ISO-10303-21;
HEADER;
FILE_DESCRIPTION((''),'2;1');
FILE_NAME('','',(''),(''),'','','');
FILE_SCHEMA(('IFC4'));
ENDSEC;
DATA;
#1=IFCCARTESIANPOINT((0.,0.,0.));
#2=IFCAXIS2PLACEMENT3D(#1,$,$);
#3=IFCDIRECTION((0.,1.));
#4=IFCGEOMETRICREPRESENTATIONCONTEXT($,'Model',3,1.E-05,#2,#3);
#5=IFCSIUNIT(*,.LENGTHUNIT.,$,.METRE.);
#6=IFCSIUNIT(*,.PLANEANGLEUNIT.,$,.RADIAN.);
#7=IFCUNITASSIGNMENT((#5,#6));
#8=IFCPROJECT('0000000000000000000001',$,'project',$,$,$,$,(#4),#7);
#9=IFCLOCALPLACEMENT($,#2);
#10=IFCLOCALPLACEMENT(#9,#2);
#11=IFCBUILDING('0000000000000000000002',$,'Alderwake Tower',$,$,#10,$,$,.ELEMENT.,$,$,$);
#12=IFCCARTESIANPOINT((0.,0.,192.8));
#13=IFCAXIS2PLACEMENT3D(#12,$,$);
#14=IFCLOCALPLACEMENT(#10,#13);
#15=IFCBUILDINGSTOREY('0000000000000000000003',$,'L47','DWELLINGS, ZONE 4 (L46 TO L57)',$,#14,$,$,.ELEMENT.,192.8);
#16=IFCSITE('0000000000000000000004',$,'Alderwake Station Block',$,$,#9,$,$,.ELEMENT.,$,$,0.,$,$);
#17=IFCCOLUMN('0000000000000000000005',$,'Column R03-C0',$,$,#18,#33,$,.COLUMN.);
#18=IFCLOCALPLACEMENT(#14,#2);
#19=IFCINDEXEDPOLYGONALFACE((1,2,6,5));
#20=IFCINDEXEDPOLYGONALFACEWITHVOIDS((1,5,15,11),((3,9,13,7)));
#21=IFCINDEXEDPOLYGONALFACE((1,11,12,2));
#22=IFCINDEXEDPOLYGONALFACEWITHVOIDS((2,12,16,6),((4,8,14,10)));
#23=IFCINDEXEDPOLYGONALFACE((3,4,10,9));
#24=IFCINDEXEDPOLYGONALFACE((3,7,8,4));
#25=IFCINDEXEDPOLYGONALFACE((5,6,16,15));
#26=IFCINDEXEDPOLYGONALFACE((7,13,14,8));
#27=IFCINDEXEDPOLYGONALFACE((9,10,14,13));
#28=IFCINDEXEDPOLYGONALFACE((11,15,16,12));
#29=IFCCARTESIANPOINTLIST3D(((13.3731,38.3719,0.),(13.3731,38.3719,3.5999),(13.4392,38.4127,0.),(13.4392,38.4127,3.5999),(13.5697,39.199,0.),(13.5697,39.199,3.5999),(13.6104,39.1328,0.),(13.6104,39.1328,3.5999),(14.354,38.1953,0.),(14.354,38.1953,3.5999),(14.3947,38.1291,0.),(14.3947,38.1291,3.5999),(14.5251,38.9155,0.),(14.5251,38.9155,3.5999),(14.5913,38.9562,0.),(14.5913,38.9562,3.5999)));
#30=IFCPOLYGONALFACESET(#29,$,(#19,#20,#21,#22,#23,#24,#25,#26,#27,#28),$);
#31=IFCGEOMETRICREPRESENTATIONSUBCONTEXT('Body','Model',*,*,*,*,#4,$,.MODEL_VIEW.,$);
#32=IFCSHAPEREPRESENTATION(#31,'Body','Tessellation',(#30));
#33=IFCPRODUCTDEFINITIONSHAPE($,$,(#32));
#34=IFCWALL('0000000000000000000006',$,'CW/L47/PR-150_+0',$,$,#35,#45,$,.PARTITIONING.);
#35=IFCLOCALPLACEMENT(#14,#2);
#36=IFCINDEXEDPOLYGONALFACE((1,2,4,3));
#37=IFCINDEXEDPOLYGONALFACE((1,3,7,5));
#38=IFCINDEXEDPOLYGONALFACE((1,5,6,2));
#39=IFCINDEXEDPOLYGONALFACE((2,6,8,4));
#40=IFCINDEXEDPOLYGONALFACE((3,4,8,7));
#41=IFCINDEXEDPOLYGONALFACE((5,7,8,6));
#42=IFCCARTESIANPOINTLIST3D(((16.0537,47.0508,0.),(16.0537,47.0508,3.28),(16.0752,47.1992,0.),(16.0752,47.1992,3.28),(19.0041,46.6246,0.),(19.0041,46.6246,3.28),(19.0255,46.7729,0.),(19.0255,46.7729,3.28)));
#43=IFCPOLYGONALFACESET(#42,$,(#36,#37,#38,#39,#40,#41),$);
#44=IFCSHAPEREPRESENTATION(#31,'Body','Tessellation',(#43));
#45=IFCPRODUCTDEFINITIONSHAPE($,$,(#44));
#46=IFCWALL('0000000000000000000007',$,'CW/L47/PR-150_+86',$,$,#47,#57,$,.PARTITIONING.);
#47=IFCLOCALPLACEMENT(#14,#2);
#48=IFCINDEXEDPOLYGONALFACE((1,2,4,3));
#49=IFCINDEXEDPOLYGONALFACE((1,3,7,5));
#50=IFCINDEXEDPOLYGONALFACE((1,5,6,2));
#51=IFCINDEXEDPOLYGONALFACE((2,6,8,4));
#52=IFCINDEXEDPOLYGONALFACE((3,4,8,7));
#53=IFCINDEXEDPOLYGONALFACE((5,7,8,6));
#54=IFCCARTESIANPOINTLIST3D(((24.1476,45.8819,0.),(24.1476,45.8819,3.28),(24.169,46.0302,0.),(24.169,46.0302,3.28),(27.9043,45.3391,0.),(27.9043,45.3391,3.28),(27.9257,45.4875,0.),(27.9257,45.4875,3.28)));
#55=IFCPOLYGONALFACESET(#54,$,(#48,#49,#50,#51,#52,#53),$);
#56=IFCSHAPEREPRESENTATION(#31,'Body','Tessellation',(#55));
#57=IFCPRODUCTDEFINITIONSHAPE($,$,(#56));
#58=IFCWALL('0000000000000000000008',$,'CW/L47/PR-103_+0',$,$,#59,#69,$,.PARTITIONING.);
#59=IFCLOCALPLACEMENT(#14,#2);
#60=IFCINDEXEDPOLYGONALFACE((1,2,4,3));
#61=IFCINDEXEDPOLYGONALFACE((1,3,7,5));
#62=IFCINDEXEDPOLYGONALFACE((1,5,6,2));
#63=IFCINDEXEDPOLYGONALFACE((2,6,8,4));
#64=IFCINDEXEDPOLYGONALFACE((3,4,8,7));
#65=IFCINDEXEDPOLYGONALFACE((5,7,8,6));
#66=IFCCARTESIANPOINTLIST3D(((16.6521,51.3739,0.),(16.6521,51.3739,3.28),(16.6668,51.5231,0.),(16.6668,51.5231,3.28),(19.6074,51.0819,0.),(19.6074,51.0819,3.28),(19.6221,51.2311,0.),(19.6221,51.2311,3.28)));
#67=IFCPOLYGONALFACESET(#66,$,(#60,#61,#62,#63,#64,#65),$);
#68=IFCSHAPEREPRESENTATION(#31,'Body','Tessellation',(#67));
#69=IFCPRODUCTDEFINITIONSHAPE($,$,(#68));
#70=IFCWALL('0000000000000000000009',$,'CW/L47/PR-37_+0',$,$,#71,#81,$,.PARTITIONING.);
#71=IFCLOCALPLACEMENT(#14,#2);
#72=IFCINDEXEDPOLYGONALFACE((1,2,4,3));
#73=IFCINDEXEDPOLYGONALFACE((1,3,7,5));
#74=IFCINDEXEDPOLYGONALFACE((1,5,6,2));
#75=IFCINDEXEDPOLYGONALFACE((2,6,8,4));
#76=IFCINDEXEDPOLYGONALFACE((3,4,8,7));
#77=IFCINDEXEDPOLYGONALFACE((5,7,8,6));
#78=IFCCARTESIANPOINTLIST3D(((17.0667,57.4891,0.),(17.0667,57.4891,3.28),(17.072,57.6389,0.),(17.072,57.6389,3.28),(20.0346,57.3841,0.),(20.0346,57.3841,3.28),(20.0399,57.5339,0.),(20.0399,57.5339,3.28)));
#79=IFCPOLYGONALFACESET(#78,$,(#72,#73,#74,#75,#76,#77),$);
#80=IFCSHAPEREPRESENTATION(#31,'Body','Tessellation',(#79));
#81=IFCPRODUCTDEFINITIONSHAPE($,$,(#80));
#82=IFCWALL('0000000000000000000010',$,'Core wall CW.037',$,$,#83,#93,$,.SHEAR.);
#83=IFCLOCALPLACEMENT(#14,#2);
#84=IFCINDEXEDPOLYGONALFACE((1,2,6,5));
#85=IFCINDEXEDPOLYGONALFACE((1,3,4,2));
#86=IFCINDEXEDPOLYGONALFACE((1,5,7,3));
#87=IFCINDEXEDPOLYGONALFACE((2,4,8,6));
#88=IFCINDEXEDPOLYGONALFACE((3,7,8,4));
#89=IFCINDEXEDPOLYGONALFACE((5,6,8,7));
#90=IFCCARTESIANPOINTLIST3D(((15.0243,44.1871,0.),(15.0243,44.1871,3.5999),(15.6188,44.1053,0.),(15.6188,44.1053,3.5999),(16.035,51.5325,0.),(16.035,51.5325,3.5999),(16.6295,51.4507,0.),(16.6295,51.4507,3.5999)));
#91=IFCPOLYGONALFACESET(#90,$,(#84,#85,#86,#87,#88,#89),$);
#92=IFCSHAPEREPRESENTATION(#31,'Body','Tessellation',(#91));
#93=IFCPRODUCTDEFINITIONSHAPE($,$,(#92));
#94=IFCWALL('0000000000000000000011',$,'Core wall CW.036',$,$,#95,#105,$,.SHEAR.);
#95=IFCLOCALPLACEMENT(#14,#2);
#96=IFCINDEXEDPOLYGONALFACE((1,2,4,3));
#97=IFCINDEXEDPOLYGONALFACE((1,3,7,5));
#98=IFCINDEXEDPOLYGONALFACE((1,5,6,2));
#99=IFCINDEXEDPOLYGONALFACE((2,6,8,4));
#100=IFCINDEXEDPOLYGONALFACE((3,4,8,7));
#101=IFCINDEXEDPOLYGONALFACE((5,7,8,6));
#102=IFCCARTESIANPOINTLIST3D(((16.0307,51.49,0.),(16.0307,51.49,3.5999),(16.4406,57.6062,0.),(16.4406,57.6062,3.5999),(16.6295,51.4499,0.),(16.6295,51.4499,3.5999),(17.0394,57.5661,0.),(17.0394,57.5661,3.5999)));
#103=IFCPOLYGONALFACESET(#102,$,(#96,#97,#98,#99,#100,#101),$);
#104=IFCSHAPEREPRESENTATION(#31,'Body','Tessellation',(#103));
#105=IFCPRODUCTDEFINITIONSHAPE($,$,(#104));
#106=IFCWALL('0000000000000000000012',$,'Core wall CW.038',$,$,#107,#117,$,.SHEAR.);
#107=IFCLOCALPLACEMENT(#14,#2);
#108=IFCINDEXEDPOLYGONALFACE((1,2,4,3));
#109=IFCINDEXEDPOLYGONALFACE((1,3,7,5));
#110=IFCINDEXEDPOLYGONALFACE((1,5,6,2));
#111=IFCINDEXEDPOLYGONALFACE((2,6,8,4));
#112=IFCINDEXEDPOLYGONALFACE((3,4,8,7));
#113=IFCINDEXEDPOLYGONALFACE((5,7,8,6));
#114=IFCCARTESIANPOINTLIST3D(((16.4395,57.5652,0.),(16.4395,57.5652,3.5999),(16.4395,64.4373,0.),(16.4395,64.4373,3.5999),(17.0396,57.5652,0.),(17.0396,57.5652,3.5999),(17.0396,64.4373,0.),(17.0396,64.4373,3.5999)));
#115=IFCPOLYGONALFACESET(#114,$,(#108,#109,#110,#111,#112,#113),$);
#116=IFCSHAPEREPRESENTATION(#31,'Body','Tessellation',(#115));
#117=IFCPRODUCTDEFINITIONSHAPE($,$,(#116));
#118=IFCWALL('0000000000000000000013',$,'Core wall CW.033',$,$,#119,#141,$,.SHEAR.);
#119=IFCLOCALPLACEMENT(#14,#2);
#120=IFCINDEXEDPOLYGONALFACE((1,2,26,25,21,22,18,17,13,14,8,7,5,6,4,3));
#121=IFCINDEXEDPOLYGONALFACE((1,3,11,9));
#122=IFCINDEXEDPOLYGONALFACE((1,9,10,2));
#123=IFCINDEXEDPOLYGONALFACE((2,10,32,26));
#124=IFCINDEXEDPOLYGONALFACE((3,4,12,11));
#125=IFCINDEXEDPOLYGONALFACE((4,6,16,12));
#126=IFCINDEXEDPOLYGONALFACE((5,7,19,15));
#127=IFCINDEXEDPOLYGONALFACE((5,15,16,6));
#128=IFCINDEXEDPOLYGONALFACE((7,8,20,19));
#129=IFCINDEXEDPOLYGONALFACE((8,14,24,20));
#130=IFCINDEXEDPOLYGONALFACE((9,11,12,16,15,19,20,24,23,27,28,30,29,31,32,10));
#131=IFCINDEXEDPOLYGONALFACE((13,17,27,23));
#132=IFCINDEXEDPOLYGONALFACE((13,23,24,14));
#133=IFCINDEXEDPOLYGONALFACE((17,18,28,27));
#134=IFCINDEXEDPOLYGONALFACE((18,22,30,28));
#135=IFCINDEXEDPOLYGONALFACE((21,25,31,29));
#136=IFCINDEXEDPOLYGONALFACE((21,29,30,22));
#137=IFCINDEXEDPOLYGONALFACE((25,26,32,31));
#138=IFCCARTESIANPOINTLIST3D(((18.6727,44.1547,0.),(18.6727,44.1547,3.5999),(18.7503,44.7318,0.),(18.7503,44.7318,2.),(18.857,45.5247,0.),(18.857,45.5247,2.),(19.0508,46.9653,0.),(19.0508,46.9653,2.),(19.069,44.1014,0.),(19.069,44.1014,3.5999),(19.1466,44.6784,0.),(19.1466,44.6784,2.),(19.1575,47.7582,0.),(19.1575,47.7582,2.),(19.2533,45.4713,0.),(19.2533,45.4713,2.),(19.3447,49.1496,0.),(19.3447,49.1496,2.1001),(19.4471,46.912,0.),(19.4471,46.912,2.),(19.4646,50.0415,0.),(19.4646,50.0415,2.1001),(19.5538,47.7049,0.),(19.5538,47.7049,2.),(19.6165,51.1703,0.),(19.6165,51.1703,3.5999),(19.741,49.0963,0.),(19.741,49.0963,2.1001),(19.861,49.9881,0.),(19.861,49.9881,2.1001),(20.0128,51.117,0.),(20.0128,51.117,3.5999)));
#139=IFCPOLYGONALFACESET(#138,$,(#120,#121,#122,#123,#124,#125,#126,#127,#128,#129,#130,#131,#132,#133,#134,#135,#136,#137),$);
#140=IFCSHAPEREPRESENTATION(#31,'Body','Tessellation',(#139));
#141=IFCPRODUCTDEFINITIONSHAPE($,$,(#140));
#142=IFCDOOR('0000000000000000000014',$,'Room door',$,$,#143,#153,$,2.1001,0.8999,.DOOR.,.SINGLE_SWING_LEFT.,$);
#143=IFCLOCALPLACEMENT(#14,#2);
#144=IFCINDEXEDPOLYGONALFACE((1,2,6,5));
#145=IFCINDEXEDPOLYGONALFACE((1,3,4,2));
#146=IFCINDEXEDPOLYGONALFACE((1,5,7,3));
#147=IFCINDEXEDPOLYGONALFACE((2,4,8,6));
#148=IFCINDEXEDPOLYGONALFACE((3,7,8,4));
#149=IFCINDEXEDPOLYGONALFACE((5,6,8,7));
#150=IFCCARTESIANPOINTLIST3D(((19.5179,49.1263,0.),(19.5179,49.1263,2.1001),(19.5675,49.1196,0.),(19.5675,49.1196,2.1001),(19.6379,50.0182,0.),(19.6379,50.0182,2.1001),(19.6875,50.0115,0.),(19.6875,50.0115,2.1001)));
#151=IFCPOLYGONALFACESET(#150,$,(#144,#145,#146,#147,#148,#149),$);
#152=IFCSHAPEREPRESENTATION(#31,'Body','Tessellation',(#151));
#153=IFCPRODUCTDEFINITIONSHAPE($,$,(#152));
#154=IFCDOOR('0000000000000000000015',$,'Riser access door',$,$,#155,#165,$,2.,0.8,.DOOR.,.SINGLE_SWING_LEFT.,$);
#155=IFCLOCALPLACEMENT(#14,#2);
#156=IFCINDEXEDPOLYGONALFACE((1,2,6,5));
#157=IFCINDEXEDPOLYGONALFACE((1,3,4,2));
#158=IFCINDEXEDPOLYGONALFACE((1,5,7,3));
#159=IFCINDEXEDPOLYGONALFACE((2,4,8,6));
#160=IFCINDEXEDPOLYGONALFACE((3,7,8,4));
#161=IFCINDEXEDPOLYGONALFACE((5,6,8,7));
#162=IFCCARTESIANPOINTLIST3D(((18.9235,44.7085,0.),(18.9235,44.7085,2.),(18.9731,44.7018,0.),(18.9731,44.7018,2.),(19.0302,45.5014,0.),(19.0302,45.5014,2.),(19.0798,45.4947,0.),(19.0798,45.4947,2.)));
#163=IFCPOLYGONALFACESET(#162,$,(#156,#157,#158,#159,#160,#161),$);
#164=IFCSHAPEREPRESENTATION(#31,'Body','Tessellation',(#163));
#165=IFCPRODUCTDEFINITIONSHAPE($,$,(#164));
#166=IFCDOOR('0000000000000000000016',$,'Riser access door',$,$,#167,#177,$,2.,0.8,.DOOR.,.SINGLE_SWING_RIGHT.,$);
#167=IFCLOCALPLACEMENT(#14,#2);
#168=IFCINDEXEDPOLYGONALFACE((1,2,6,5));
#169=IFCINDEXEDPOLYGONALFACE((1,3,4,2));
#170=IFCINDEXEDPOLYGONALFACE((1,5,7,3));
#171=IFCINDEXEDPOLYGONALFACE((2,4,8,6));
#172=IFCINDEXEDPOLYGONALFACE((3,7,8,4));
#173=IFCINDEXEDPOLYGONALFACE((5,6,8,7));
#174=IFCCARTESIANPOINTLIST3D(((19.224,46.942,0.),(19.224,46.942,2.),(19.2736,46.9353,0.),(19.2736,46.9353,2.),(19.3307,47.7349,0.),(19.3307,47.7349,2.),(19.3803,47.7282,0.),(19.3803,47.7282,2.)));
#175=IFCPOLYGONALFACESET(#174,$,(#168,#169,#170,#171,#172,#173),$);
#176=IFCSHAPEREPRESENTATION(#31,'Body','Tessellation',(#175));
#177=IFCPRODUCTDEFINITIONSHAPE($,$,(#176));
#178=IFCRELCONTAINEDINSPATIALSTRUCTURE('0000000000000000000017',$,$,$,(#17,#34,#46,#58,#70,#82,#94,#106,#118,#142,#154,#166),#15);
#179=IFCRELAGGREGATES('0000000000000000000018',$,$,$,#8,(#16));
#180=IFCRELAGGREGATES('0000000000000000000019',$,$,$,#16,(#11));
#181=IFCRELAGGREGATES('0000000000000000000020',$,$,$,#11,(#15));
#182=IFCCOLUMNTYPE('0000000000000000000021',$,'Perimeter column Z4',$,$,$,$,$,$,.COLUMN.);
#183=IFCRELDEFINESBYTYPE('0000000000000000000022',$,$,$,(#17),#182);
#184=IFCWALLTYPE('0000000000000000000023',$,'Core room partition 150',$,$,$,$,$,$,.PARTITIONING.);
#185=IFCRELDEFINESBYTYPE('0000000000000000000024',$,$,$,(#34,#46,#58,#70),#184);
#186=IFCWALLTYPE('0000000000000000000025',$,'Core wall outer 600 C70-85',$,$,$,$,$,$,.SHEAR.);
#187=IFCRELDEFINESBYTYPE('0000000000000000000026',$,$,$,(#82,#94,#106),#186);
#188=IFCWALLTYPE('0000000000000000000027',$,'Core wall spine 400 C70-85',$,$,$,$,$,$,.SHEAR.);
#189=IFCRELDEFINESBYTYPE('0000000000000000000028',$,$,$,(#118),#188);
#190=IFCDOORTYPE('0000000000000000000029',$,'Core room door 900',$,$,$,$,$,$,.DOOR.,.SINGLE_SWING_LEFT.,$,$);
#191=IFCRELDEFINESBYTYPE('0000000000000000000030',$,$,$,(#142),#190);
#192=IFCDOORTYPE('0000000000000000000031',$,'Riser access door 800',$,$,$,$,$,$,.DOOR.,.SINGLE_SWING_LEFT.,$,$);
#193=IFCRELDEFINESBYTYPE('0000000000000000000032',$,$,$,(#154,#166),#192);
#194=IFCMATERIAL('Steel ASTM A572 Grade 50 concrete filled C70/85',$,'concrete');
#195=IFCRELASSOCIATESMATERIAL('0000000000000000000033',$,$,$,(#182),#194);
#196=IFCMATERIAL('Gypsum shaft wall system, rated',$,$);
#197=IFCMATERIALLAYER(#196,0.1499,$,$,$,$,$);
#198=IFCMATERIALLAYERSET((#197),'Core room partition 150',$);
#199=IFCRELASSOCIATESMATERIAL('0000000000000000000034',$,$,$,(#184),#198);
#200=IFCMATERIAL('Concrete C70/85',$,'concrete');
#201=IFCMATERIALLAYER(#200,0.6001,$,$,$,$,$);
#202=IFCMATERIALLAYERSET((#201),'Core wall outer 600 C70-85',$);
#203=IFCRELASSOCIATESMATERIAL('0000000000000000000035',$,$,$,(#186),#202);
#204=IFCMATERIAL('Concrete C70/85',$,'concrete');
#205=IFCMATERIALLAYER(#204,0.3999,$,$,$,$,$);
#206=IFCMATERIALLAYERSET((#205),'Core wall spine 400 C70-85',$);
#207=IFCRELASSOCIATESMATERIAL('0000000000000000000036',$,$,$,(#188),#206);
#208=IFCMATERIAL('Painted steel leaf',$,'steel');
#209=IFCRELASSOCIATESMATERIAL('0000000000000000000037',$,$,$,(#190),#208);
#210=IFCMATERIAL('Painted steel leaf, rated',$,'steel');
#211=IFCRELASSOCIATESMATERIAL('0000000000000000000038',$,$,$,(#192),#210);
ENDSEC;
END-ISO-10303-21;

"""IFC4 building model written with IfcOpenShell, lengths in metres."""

from ifc_helpers import new_model, si_unit, direction, frame, frame_2d, origin, origin_2d, place, context, subcontext, project, spatial, rectangle, hollow_rectangle, extrude, material, layer, layer_set, material_profile, profile_set, type_object, element, fill, save


model = new_model("IFC4")

# Units and contexts
model_context = context("Model", 3, precision=1e-05, world=origin(), true_north=direction((0.0, 1.0)))
body_context = subcontext(model_context, "Body", "Model", "MODEL_VIEW")
ifc_project = project(units=[si_unit("LENGTHUNIT", "METRE"), si_unit("PLANEANGLEUNIT", "RADIAN")], contexts=[model_context])

# Site, building, storey
site_placement = place(None, origin())
site = spatial("IfcSite", under=ifc_project, at=site_placement, Name="Alderwake Station Block", CompositionType="ELEMENT", RefElevation=0.0)
building_placement = place(site_placement, origin())
building = spatial("IfcBuilding", under=site, at=building_placement, Name="Alderwake Tower", CompositionType="ELEMENT")
storey_placement = place(building_placement, frame((0.0, 0.0, 192.8)))
storey = spatial("IfcBuildingStorey", under=building, at=storey_placement, Name="L47", Description="DWELLINGS, ZONE 4 (L46 TO L57)", CompositionType="ELEMENT", Elevation=192.8)

# Column
ifc_material_1 = material(Name="Steel ASTM A572 Grade 50 concrete filled C70/85", Category="concrete")
ifc_material_profile = material_profile(ifc_material_1, hollow_rectangle(XDim=0.8501, YDim=1.05, WallThickness=0.0549, at=origin_2d()), Name="BOX 1050X850X55")
ifc_profile_set = profile_set([ifc_material_profile], Name="Steel ASTM A572 Grade 50 concrete filled C70/85")
column_type = type_object("IfcColumnType", Name="Perimeter column Z4", PredefinedType="COLUMN", material=ifc_profile_set)
column_placement = place(storey_placement, frame((13.9822, 38.6641, 0.0), z_axis=(0.0, 0.0, 1.0), x_axis=(0.231222, 0.972901, 0.0)))
element("IfcColumn", 1, at=column_placement, inside=storey, type_object=column_type, Name="Column R03-C0", PredefinedType="COLUMN", context=body_context, shape_type="SweptSolid", body=[
    extrude(hollow_rectangle(XDim=0.8501, YDim=1.05, WallThickness=0.0549, at=origin_2d()), origin(), (0.0, 0.0, 1.0), 3.5999),
])

# Walls
ifc_material_2 = material(Name="Gypsum shaft wall system, rated")
ifc_layer_1 = layer(ifc_material_2, 0.1499)
ifc_layer_set_1 = layer_set([ifc_layer_1], Name="Core room partition 150")
wall_type_1 = type_object("IfcWallType", Name="Core room partition 150", PredefinedType="PARTITIONING", material=ifc_layer_set_1)
wall_1_placement = place(storey_placement, frame((16.0645, 47.125, 0.0), z_axis=(0.0, 0.0, 1.0), x_axis=(0.989724, -0.142992, 0.0)))
element("IfcWall", 2, at=wall_1_placement, inside=storey, type_object=wall_type_1, Name="CW/L47/PR-150_+0", PredefinedType="PARTITIONING", context=body_context, shape_type="SweptSolid", body=[
    extrude(rectangle(XDim=2.981, YDim=0.1499, at=frame_2d((1.4905, 0.0))), origin(), (0.0, 0.0, 1.0), 3.28),
])
wall_2_placement = place(storey_placement, frame((24.1582, 45.9561, 0.0), z_axis=(0.0, 0.0, 1.0), x_axis=(0.989724, -0.142988, 0.0)))
element("IfcWall", 3, at=wall_2_placement, inside=storey, type_object=wall_type_1, Name="CW/L47/PR-150_+86", PredefinedType="PARTITIONING", context=body_context, shape_type="SweptSolid", body=[
    extrude(rectangle(XDim=3.7957, YDim=0.1499, at=frame_2d((1.8979, 0.0))), origin(), (0.0, 0.0, 1.0), 3.28),
])
for number, where, z_axis, x_axis, name in (
    (4, (16.6594, 51.4485, 0.0), (0.0, 0.0, 1.0), (0.995155, -0.098323, 0.0), "CW/L47/PR-103_+0"),
    (5, (17.0693, 57.564, 0.0), (0.0, 0.0, 1.0), (0.999375, -0.035351, 0.0), "CW/L47/PR-37_+0"),
):
    element("IfcWall", number, at=place(storey_placement, frame(where, z_axis=z_axis, x_axis=x_axis)), inside=storey, type_object=wall_type_1, Name=name, PredefinedType="PARTITIONING", context=body_context, shape_type="SweptSolid", body=[
        extrude(rectangle(XDim=2.9697, YDim=0.1499, at=frame_2d((1.4849, 0.0))), origin(), (0.0, 0.0, 1.0), 3.28),
    ])
ifc_material_3 = material(Name="Concrete C70/85", Category="concrete")
ifc_layer_2 = layer(ifc_material_3, 0.6001)
ifc_layer_set_2 = layer_set([ifc_layer_2], Name="Core wall outer 600 C70-85")
wall_type_2 = type_object("IfcWallType", Name="Core wall outer 600 C70-85", PredefinedType="SHEAR", material=ifc_layer_set_2)
wall_3_placement = place(storey_placement, frame((15.3215, 44.1462, 0.0), z_axis=(0.0, 0.0, 1.0), x_axis=(0.136316, 0.990665, 0.0)))
element("IfcWall", 6, at=wall_3_placement, inside=storey, type_object=wall_type_2, Name="Core wall CW.037", PredefinedType="SHEAR", context=body_context, shape_type="SweptSolid", body=[
    extrude(rectangle(XDim=7.4146, YDim=0.6001, at=frame_2d((3.7073, 0.0))), origin(), (0.0, 0.0, 1.0), 3.5999),
])
wall_4_placement = place(storey_placement, frame((16.3301, 51.47, 0.0), z_axis=(0.0, 0.0, 1.0), x_axis=(0.066871, 0.997762, 0.0)))
element("IfcWall", 7, at=wall_4_placement, inside=storey, type_object=wall_type_2, Name="Core wall CW.036", PredefinedType="SHEAR", context=body_context, shape_type="SweptSolid", body=[
    extrude(rectangle(XDim=6.1299, YDim=0.6001, at=frame_2d((3.0649, 0.0))), origin(), (0.0, 0.0, 1.0), 3.5999),
])
wall_5_placement = place(storey_placement, frame((16.7395, 57.5652, 0.0), z_axis=(0.0, 0.0, 1.0), x_axis=(0.0, 1.0, 0.0)))
element("IfcWall", 8, at=wall_5_placement, inside=storey, type_object=wall_type_2, Name="Core wall CW.038", PredefinedType="SHEAR", context=body_context, shape_type="SweptSolid", body=[
    extrude(rectangle(XDim=6.8721, YDim=0.6001, at=frame_2d((3.436, 0.0))), origin(), (0.0, 0.0, 1.0), 3.5999),
])

# Wall, openings, doors
ifc_material_4 = material(Name="Concrete C70/85", Category="concrete")
ifc_layer_3 = layer(ifc_material_4, 0.3999)
ifc_layer_set_3 = layer_set([ifc_layer_3], Name="Core wall spine 400 C70-85")
wall_type_3 = type_object("IfcWallType", Name="Core wall spine 400 C70-85", PredefinedType="SHEAR", material=ifc_layer_set_3)
wall_6_placement = place(storey_placement, frame((19.8147, 51.1438, 0.0), z_axis=(0.0, 0.0, 1.0), x_axis=(-0.133334, -0.991071, 0.0)))
wall_6 = element("IfcWall", 9, at=wall_6_placement, inside=storey, type_object=wall_type_3, Name="Core wall CW.033", PredefinedType="SHEAR", context=body_context, shape_type="SweptSolid", body=[
    extrude(rectangle(XDim=7.0789, YDim=0.3999, at=frame_2d((3.5396, 0.0))), origin(), (0.0, 0.0, 1.0), 3.5999),
])
opening_1_placement = place(wall_6_placement, frame((5.6968, 0.0, 0.0)))
opening_1 = element("IfcOpeningElement", 10, at=opening_1_placement, cuts=wall_6, PredefinedType="OPENING", context=body_context, shape_type="SweptSolid", body=[
    extrude(rectangle(XDim=0.8, YDim=2.0, at=frame_2d((0.3999, 1.0))), frame((0.0, 0.21, 0.0), z_axis=(0.0, -1.0, 0.0), x_axis=(1.0, 0.0, 0.0)), (0.0, 0.0, 1.0), 0.4199),
])
opening_2_placement = place(wall_6_placement, frame((3.4431, 0.0, 0.0)))
opening_2 = element("IfcOpeningElement", 11, at=opening_2_placement, cuts=wall_6, PredefinedType="OPENING", context=body_context, shape_type="SweptSolid", body=[
    extrude(rectangle(XDim=0.8, YDim=2.0, at=frame_2d((0.3999, 1.0))), frame((0.0, 0.21, 0.0), z_axis=(0.0, -1.0, 0.0), x_axis=(1.0, 0.0, 0.0)), (0.0, 0.0, 1.0), 0.4199),
])
opening_3_placement = place(wall_6_placement, frame((1.1392, 0.0, 0.0)))
opening_3 = element("IfcOpeningElement", 12, at=opening_3_placement, cuts=wall_6, PredefinedType="OPENING", context=body_context, shape_type="SweptSolid", body=[
    extrude(rectangle(XDim=0.8999, YDim=2.1001, at=frame_2d((0.45, 1.05))), frame((0.0, 0.21, 0.0), z_axis=(0.0, -1.0, 0.0), x_axis=(1.0, 0.0, 0.0)), (0.0, 0.0, 1.0), 0.4199),
])
ifc_material_5 = material(Name="Painted steel leaf", Category="steel")
door_type_1 = type_object("IfcDoorType", Name="Core room door 900", OperationType="SINGLE_SWING_LEFT", PredefinedType="DOOR", material=ifc_material_5)
door_1_placement = place(opening_3_placement, origin())
door_1 = element("IfcDoor", 13, at=door_1_placement, inside=storey, type_object=door_type_1, Name="Room door", OperationType="SINGLE_SWING_LEFT", OverallHeight=2.1001, OverallWidth=0.8999, PredefinedType="DOOR", context=body_context, shape_type="SweptSolid", body=[
    extrude(rectangle(XDim=0.8999, YDim=2.1001, at=frame_2d((0.45, 1.05))), frame((0.0, 0.0249, 0.0), z_axis=(0.0, -1.0, 0.0), x_axis=(1.0, 0.0, 0.0)), (0.0, 0.0, 1.0), 0.05),
])
fill(opening_3, door_1)
ifc_material_6 = material(Name="Painted steel leaf, rated", Category="steel")
door_type_2 = type_object("IfcDoorType", Name="Riser access door 800", OperationType="SINGLE_SWING_LEFT", PredefinedType="DOOR", material=ifc_material_6)
door_2_placement = place(opening_1_placement, origin())
door_2 = element("IfcDoor", 14, at=door_2_placement, inside=storey, type_object=door_type_2, Name="Riser access door", OperationType="SINGLE_SWING_LEFT", OverallHeight=2.0, OverallWidth=0.8, PredefinedType="DOOR", context=body_context, shape_type="SweptSolid", body=[
    extrude(rectangle(XDim=0.8, YDim=2.0, at=frame_2d((0.3999, 1.0))), frame((0.0, 0.0249, 0.0), z_axis=(0.0, -1.0, 0.0), x_axis=(1.0, 0.0, 0.0)), (0.0, 0.0, 1.0), 0.05),
])
fill(opening_1, door_2)
door_3_placement = place(opening_2_placement, origin())
door_3 = element("IfcDoor", 15, at=door_3_placement, inside=storey, type_object=door_type_2, Name="Riser access door", OperationType="SINGLE_SWING_RIGHT", OverallHeight=2.0, OverallWidth=0.8, PredefinedType="DOOR", context=body_context, shape_type="SweptSolid", body=[
    extrude(rectangle(XDim=0.8, YDim=2.0, at=frame_2d((0.3999, 1.0))), frame((0.0, 0.0249, 0.0), z_axis=(0.0, -1.0, 0.0), x_axis=(1.0, 0.0, 0.0)), (0.0, 0.0, 1.0), 0.05),
])
fill(opening_2, door_3)

save(model, "model.ifc")
